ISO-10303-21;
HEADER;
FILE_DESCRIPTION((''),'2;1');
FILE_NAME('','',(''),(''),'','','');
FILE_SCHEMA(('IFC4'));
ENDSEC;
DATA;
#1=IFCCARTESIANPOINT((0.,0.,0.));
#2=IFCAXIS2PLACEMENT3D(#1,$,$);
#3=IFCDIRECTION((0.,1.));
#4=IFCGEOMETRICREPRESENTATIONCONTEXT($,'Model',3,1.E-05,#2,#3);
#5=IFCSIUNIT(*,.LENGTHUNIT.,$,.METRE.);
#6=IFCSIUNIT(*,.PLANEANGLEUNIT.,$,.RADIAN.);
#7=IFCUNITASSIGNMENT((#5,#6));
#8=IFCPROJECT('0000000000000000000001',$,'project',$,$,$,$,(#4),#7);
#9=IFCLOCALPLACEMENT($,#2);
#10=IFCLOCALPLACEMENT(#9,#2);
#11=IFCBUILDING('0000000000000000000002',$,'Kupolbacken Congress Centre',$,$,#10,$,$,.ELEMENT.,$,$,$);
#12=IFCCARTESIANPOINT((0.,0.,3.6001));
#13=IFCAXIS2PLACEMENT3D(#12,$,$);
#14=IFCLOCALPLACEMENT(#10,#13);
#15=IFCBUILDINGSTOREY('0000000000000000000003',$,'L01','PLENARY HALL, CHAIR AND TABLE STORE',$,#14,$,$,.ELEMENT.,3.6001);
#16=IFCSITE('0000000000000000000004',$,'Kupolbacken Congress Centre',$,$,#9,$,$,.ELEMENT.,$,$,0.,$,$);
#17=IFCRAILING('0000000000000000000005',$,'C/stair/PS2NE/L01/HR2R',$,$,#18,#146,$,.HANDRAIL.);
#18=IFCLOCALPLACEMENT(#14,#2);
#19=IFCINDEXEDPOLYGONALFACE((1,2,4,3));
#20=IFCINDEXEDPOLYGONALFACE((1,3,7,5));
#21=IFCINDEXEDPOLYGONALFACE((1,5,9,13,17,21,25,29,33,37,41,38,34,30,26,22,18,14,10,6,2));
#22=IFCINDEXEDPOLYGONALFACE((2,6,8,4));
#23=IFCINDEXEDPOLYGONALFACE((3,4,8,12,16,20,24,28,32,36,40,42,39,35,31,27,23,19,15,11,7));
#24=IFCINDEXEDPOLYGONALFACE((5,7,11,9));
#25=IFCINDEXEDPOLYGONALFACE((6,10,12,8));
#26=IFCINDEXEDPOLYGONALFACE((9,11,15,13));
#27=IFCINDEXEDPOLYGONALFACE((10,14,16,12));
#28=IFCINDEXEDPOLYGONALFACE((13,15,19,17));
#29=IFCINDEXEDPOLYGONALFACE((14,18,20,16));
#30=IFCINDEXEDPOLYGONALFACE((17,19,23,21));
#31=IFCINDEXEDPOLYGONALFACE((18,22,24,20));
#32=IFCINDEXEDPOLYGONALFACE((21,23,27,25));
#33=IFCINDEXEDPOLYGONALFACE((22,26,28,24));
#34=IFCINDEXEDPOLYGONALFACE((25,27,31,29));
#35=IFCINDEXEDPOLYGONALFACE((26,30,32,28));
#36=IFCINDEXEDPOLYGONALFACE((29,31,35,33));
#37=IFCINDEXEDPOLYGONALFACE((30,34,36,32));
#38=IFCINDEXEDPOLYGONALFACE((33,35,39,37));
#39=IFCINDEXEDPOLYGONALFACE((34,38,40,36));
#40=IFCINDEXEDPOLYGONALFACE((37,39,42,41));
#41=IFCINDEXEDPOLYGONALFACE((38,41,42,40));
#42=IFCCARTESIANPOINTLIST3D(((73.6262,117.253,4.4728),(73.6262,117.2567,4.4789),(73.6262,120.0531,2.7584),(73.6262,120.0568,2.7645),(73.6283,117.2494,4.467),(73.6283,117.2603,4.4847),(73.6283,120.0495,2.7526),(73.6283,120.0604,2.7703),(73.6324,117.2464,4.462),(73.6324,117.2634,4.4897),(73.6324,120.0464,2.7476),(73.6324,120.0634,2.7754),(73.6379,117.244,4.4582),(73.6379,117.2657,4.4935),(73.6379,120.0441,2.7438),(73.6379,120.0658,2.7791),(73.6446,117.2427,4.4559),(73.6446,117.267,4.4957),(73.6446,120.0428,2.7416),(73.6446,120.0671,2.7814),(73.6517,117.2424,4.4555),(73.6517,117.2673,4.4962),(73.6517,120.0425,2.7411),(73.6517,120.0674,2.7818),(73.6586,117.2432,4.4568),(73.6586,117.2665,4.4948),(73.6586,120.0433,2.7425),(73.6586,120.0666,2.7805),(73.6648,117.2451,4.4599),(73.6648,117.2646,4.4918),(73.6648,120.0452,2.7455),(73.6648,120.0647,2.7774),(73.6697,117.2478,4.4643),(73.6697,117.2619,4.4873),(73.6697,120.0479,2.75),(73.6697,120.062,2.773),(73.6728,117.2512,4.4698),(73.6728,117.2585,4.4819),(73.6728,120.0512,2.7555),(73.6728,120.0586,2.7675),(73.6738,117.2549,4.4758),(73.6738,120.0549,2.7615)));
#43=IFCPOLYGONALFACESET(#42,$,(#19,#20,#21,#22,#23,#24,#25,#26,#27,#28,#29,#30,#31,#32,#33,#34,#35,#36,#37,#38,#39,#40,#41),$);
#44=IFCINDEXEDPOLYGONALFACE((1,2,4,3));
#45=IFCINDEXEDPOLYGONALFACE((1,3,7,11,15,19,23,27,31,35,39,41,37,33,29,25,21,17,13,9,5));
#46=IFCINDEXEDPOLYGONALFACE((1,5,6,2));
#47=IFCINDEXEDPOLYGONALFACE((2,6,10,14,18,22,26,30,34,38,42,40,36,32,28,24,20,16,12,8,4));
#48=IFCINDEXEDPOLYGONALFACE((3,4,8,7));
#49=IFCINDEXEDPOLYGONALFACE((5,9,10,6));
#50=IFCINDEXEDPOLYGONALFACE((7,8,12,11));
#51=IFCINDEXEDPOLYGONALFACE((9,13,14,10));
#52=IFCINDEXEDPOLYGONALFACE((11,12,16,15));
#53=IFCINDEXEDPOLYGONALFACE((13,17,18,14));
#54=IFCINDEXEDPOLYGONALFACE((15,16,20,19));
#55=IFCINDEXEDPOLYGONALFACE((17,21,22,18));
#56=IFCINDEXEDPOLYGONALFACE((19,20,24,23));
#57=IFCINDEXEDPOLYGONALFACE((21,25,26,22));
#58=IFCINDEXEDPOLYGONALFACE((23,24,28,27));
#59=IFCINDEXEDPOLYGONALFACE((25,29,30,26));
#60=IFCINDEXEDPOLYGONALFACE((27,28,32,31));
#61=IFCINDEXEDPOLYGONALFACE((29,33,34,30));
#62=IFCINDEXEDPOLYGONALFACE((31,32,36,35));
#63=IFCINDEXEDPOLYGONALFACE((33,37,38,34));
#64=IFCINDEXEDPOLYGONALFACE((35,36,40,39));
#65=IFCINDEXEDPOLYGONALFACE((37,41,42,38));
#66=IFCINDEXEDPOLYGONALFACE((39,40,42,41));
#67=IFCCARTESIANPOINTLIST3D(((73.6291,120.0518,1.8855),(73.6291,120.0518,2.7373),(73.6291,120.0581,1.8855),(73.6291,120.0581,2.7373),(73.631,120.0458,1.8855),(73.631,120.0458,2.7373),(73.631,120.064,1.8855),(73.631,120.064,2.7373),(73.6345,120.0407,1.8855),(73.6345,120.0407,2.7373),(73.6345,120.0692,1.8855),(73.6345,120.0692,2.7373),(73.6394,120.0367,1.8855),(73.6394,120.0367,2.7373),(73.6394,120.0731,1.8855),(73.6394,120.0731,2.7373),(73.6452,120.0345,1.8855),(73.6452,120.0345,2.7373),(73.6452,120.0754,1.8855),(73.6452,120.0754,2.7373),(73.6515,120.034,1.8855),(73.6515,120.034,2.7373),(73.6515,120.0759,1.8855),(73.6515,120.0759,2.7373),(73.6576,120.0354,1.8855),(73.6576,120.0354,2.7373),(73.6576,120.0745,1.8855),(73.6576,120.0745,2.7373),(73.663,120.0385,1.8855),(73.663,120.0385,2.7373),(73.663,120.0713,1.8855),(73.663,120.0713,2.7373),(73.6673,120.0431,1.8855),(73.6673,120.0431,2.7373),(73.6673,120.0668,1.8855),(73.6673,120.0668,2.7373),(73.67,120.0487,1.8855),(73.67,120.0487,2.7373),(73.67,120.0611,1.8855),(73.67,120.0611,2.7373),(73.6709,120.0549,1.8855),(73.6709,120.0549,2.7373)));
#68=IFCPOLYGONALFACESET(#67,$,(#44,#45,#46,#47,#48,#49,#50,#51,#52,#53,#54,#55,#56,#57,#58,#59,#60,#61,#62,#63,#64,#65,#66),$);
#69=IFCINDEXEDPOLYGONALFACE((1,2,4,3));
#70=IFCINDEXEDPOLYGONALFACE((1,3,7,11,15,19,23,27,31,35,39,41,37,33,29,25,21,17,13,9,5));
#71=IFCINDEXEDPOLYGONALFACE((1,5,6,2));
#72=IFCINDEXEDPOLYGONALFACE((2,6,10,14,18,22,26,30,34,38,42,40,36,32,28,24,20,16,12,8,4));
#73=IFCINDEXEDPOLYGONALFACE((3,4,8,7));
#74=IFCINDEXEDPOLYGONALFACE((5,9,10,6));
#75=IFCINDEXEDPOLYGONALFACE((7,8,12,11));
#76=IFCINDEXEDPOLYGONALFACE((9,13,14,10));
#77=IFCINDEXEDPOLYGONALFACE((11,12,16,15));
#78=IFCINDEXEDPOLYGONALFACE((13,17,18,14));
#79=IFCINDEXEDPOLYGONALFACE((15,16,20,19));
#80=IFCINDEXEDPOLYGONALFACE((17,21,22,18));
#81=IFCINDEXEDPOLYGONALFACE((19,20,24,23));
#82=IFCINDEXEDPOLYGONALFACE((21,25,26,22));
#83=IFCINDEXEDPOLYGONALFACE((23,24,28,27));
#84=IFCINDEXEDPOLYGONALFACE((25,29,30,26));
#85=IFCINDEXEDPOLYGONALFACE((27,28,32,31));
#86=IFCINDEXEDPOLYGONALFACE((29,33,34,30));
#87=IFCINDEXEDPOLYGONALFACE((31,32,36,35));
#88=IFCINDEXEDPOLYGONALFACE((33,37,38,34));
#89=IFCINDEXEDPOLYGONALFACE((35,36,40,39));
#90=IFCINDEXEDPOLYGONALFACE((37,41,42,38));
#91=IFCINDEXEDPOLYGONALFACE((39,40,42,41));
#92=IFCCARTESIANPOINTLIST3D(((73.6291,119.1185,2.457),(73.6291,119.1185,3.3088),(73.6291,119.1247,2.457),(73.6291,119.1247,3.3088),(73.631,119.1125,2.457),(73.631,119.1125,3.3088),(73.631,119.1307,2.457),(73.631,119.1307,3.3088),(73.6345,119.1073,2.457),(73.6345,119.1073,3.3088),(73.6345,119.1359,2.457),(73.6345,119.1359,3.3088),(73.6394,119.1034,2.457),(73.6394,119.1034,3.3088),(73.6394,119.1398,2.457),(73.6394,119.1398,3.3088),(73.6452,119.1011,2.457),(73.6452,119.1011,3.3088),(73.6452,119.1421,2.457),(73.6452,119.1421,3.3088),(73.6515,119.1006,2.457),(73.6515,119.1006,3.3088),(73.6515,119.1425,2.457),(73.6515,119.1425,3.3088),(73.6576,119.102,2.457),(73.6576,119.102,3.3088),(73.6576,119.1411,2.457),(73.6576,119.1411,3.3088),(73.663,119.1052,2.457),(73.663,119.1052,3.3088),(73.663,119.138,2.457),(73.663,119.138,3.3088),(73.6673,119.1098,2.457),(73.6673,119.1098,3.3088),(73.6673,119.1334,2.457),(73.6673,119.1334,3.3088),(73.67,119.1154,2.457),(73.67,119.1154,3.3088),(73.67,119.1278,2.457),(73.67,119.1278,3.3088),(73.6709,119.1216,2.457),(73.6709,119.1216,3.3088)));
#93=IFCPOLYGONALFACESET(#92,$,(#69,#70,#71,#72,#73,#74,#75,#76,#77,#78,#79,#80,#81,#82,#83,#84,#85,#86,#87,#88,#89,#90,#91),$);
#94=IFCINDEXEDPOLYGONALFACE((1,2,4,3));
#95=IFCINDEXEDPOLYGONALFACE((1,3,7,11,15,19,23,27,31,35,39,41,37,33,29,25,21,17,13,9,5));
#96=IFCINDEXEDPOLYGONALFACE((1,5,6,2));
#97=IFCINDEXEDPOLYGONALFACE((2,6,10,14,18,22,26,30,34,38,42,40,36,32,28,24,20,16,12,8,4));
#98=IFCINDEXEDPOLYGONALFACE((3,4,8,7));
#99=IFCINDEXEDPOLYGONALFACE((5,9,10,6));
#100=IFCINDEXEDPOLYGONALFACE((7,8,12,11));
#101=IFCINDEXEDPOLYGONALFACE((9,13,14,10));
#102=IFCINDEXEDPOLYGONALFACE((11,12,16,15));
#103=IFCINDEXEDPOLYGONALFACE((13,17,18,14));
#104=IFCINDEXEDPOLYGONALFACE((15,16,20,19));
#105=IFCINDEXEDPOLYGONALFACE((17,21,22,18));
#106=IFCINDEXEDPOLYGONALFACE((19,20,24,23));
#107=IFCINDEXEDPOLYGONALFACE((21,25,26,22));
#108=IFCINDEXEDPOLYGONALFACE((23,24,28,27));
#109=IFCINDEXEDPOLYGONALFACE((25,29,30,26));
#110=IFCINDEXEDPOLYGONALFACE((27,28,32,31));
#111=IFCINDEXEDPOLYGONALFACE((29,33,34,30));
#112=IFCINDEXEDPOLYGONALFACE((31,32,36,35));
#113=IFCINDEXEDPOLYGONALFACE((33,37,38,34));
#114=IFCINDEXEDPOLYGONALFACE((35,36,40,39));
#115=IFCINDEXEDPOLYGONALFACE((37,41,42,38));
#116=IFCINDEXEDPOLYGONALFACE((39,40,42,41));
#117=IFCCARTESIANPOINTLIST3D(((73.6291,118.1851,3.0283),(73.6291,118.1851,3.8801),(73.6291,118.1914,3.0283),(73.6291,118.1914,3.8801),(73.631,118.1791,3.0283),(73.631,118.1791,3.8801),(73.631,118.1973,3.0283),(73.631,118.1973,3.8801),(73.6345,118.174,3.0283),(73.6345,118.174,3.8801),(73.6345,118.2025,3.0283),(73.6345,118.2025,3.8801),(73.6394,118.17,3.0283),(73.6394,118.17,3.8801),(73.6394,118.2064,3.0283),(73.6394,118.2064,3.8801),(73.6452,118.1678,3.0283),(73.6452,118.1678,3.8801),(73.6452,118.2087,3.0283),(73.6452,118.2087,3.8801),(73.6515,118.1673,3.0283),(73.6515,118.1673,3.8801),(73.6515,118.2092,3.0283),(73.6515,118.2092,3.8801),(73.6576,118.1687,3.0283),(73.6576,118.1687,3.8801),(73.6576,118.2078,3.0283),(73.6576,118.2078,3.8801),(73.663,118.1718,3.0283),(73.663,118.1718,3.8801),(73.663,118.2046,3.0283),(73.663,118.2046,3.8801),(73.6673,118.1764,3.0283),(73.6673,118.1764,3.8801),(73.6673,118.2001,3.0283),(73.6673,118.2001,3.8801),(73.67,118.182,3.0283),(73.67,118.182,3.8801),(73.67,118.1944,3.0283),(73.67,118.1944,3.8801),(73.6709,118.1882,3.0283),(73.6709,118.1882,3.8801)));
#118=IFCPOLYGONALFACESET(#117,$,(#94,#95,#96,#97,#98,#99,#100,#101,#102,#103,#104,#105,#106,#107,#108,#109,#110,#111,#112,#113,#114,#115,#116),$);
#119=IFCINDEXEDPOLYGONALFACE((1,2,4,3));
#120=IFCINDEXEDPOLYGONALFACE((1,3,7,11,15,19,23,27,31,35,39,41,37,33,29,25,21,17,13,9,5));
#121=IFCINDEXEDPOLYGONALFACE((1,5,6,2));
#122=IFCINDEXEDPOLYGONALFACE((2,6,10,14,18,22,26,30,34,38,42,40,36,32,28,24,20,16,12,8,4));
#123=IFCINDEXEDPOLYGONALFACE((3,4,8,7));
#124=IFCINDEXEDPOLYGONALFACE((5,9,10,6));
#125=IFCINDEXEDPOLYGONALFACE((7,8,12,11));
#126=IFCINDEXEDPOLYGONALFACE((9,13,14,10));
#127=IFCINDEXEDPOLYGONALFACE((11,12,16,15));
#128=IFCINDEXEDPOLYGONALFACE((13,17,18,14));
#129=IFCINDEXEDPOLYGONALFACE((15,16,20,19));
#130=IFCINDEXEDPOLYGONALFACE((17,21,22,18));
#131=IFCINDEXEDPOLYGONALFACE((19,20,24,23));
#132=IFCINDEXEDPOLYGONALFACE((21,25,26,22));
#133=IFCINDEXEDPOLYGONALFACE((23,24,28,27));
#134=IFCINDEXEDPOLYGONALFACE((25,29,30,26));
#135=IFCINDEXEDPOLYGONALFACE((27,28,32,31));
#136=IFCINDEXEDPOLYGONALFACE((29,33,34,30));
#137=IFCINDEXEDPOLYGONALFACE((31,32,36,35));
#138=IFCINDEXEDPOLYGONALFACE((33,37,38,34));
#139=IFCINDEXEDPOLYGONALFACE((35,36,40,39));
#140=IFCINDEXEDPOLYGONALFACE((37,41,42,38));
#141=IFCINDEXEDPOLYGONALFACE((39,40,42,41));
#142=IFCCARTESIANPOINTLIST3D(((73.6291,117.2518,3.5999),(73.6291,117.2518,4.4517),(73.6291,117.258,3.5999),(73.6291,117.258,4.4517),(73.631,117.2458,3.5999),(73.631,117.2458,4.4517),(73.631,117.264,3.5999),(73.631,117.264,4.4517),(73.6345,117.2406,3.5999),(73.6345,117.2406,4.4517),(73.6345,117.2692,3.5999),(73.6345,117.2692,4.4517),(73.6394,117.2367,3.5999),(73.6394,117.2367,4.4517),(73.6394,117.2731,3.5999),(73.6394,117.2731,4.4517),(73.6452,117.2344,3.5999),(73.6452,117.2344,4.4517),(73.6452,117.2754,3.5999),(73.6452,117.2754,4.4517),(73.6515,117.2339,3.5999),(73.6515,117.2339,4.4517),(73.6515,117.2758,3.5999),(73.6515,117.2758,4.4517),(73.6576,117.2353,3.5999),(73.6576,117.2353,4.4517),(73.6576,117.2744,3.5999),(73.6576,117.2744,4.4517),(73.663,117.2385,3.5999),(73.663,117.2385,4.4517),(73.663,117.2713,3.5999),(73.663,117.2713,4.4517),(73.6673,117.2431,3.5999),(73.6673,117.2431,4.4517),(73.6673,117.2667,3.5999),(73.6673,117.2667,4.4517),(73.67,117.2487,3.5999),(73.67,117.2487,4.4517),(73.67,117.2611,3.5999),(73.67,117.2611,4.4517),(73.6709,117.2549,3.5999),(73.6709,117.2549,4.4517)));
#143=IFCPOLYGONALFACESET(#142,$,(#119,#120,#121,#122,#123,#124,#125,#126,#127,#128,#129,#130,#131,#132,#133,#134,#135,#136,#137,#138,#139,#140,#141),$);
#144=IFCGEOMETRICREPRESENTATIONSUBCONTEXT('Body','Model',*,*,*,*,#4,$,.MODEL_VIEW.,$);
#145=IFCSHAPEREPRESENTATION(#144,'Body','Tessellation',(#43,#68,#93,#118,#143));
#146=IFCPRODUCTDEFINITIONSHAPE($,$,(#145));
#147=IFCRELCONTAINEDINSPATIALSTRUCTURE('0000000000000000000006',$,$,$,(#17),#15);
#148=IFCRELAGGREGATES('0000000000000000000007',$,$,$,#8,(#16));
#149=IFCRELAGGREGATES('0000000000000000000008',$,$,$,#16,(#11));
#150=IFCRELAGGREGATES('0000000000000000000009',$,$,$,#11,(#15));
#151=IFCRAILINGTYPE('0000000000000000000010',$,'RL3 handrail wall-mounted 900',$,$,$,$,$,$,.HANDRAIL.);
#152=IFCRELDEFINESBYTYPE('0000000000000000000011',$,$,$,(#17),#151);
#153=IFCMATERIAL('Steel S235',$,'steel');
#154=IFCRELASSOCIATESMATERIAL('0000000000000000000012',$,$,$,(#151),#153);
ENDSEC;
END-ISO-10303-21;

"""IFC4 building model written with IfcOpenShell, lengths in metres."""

from ifc_helpers import new_model, si_unit, direction, frame, origin, origin_2d, place, context, subcontext, project, spatial, circle, extrude, material, type_object, element, save


model = new_model("IFC4")

# Units and contexts
model_context = context("Model", 3, precision=1e-05, world=origin(), true_north=direction((0.0, 1.0)))
body_context = subcontext(model_context, "Body", "Model", "MODEL_VIEW")
ifc_project = project(units=[si_unit("LENGTHUNIT", "METRE"), si_unit("PLANEANGLEUNIT", "RADIAN")], contexts=[model_context])

# Site, building, storey
site_placement = place(None, origin())
site = spatial("IfcSite", under=ifc_project, at=site_placement, Name="Kupolbacken Congress Centre", CompositionType="ELEMENT", RefElevation=0.0)
building_placement = place(site_placement, origin())
building = spatial("IfcBuilding", under=site, at=building_placement, Name="Kupolbacken Congress Centre", CompositionType="ELEMENT")
storey_placement = place(building_placement, frame((0.0, 0.0, 3.6001)))
storey = spatial("IfcBuildingStorey", under=building, at=storey_placement, Name="L01", Description="PLENARY HALL, CHAIR AND TABLE STORE", CompositionType="ELEMENT", Elevation=3.6001)

# Railing
ifc_material_1 = material(Name="Steel S235", Category="steel")
railing_type = type_object("IfcRailingType", Name="RL3 handrail wall-mounted 900", PredefinedType="HANDRAIL", material=ifc_material_1)
for number, where, name in (
    (1, (73.6499, 120.0549, 1.8855), "C/stair/PS2NE/L01/HR2R"),
):
    element("IfcRailing", number, at=place(storey_placement, frame(where)), inside=storey, type_object=railing_type, Name=name, PredefinedType="HANDRAIL", context=body_context, shape_type="SweptSolid", body=[
        extrude(circle(Radius=0.0239, at=origin_2d()), frame((0.0, 0.0, 0.876), z_axis=(0.0, -0.852846, 0.522163), x_axis=(1.0, 0.0, 0.0)), (0.0, 0.0, 1.0), 3.2832),
        extrude(circle(Radius=0.021, at=origin_2d()), origin(), (0.0, 0.0, 1.0), 0.8518),
        extrude(circle(Radius=0.021, at=origin_2d()), frame((0.0, -0.9333, 0.5715)), (0.0, 0.0, 1.0), 0.8518),
        extrude(circle(Radius=0.021, at=origin_2d()), frame((0.0, -1.8667, 1.1428)), (0.0, 0.0, 1.0), 0.8518),
        extrude(circle(Radius=0.021, at=origin_2d()), frame((0.0, -2.8, 1.7144)), (0.0, 0.0, 1.0), 0.8518),
    ])

save(model, "model.ifc")
